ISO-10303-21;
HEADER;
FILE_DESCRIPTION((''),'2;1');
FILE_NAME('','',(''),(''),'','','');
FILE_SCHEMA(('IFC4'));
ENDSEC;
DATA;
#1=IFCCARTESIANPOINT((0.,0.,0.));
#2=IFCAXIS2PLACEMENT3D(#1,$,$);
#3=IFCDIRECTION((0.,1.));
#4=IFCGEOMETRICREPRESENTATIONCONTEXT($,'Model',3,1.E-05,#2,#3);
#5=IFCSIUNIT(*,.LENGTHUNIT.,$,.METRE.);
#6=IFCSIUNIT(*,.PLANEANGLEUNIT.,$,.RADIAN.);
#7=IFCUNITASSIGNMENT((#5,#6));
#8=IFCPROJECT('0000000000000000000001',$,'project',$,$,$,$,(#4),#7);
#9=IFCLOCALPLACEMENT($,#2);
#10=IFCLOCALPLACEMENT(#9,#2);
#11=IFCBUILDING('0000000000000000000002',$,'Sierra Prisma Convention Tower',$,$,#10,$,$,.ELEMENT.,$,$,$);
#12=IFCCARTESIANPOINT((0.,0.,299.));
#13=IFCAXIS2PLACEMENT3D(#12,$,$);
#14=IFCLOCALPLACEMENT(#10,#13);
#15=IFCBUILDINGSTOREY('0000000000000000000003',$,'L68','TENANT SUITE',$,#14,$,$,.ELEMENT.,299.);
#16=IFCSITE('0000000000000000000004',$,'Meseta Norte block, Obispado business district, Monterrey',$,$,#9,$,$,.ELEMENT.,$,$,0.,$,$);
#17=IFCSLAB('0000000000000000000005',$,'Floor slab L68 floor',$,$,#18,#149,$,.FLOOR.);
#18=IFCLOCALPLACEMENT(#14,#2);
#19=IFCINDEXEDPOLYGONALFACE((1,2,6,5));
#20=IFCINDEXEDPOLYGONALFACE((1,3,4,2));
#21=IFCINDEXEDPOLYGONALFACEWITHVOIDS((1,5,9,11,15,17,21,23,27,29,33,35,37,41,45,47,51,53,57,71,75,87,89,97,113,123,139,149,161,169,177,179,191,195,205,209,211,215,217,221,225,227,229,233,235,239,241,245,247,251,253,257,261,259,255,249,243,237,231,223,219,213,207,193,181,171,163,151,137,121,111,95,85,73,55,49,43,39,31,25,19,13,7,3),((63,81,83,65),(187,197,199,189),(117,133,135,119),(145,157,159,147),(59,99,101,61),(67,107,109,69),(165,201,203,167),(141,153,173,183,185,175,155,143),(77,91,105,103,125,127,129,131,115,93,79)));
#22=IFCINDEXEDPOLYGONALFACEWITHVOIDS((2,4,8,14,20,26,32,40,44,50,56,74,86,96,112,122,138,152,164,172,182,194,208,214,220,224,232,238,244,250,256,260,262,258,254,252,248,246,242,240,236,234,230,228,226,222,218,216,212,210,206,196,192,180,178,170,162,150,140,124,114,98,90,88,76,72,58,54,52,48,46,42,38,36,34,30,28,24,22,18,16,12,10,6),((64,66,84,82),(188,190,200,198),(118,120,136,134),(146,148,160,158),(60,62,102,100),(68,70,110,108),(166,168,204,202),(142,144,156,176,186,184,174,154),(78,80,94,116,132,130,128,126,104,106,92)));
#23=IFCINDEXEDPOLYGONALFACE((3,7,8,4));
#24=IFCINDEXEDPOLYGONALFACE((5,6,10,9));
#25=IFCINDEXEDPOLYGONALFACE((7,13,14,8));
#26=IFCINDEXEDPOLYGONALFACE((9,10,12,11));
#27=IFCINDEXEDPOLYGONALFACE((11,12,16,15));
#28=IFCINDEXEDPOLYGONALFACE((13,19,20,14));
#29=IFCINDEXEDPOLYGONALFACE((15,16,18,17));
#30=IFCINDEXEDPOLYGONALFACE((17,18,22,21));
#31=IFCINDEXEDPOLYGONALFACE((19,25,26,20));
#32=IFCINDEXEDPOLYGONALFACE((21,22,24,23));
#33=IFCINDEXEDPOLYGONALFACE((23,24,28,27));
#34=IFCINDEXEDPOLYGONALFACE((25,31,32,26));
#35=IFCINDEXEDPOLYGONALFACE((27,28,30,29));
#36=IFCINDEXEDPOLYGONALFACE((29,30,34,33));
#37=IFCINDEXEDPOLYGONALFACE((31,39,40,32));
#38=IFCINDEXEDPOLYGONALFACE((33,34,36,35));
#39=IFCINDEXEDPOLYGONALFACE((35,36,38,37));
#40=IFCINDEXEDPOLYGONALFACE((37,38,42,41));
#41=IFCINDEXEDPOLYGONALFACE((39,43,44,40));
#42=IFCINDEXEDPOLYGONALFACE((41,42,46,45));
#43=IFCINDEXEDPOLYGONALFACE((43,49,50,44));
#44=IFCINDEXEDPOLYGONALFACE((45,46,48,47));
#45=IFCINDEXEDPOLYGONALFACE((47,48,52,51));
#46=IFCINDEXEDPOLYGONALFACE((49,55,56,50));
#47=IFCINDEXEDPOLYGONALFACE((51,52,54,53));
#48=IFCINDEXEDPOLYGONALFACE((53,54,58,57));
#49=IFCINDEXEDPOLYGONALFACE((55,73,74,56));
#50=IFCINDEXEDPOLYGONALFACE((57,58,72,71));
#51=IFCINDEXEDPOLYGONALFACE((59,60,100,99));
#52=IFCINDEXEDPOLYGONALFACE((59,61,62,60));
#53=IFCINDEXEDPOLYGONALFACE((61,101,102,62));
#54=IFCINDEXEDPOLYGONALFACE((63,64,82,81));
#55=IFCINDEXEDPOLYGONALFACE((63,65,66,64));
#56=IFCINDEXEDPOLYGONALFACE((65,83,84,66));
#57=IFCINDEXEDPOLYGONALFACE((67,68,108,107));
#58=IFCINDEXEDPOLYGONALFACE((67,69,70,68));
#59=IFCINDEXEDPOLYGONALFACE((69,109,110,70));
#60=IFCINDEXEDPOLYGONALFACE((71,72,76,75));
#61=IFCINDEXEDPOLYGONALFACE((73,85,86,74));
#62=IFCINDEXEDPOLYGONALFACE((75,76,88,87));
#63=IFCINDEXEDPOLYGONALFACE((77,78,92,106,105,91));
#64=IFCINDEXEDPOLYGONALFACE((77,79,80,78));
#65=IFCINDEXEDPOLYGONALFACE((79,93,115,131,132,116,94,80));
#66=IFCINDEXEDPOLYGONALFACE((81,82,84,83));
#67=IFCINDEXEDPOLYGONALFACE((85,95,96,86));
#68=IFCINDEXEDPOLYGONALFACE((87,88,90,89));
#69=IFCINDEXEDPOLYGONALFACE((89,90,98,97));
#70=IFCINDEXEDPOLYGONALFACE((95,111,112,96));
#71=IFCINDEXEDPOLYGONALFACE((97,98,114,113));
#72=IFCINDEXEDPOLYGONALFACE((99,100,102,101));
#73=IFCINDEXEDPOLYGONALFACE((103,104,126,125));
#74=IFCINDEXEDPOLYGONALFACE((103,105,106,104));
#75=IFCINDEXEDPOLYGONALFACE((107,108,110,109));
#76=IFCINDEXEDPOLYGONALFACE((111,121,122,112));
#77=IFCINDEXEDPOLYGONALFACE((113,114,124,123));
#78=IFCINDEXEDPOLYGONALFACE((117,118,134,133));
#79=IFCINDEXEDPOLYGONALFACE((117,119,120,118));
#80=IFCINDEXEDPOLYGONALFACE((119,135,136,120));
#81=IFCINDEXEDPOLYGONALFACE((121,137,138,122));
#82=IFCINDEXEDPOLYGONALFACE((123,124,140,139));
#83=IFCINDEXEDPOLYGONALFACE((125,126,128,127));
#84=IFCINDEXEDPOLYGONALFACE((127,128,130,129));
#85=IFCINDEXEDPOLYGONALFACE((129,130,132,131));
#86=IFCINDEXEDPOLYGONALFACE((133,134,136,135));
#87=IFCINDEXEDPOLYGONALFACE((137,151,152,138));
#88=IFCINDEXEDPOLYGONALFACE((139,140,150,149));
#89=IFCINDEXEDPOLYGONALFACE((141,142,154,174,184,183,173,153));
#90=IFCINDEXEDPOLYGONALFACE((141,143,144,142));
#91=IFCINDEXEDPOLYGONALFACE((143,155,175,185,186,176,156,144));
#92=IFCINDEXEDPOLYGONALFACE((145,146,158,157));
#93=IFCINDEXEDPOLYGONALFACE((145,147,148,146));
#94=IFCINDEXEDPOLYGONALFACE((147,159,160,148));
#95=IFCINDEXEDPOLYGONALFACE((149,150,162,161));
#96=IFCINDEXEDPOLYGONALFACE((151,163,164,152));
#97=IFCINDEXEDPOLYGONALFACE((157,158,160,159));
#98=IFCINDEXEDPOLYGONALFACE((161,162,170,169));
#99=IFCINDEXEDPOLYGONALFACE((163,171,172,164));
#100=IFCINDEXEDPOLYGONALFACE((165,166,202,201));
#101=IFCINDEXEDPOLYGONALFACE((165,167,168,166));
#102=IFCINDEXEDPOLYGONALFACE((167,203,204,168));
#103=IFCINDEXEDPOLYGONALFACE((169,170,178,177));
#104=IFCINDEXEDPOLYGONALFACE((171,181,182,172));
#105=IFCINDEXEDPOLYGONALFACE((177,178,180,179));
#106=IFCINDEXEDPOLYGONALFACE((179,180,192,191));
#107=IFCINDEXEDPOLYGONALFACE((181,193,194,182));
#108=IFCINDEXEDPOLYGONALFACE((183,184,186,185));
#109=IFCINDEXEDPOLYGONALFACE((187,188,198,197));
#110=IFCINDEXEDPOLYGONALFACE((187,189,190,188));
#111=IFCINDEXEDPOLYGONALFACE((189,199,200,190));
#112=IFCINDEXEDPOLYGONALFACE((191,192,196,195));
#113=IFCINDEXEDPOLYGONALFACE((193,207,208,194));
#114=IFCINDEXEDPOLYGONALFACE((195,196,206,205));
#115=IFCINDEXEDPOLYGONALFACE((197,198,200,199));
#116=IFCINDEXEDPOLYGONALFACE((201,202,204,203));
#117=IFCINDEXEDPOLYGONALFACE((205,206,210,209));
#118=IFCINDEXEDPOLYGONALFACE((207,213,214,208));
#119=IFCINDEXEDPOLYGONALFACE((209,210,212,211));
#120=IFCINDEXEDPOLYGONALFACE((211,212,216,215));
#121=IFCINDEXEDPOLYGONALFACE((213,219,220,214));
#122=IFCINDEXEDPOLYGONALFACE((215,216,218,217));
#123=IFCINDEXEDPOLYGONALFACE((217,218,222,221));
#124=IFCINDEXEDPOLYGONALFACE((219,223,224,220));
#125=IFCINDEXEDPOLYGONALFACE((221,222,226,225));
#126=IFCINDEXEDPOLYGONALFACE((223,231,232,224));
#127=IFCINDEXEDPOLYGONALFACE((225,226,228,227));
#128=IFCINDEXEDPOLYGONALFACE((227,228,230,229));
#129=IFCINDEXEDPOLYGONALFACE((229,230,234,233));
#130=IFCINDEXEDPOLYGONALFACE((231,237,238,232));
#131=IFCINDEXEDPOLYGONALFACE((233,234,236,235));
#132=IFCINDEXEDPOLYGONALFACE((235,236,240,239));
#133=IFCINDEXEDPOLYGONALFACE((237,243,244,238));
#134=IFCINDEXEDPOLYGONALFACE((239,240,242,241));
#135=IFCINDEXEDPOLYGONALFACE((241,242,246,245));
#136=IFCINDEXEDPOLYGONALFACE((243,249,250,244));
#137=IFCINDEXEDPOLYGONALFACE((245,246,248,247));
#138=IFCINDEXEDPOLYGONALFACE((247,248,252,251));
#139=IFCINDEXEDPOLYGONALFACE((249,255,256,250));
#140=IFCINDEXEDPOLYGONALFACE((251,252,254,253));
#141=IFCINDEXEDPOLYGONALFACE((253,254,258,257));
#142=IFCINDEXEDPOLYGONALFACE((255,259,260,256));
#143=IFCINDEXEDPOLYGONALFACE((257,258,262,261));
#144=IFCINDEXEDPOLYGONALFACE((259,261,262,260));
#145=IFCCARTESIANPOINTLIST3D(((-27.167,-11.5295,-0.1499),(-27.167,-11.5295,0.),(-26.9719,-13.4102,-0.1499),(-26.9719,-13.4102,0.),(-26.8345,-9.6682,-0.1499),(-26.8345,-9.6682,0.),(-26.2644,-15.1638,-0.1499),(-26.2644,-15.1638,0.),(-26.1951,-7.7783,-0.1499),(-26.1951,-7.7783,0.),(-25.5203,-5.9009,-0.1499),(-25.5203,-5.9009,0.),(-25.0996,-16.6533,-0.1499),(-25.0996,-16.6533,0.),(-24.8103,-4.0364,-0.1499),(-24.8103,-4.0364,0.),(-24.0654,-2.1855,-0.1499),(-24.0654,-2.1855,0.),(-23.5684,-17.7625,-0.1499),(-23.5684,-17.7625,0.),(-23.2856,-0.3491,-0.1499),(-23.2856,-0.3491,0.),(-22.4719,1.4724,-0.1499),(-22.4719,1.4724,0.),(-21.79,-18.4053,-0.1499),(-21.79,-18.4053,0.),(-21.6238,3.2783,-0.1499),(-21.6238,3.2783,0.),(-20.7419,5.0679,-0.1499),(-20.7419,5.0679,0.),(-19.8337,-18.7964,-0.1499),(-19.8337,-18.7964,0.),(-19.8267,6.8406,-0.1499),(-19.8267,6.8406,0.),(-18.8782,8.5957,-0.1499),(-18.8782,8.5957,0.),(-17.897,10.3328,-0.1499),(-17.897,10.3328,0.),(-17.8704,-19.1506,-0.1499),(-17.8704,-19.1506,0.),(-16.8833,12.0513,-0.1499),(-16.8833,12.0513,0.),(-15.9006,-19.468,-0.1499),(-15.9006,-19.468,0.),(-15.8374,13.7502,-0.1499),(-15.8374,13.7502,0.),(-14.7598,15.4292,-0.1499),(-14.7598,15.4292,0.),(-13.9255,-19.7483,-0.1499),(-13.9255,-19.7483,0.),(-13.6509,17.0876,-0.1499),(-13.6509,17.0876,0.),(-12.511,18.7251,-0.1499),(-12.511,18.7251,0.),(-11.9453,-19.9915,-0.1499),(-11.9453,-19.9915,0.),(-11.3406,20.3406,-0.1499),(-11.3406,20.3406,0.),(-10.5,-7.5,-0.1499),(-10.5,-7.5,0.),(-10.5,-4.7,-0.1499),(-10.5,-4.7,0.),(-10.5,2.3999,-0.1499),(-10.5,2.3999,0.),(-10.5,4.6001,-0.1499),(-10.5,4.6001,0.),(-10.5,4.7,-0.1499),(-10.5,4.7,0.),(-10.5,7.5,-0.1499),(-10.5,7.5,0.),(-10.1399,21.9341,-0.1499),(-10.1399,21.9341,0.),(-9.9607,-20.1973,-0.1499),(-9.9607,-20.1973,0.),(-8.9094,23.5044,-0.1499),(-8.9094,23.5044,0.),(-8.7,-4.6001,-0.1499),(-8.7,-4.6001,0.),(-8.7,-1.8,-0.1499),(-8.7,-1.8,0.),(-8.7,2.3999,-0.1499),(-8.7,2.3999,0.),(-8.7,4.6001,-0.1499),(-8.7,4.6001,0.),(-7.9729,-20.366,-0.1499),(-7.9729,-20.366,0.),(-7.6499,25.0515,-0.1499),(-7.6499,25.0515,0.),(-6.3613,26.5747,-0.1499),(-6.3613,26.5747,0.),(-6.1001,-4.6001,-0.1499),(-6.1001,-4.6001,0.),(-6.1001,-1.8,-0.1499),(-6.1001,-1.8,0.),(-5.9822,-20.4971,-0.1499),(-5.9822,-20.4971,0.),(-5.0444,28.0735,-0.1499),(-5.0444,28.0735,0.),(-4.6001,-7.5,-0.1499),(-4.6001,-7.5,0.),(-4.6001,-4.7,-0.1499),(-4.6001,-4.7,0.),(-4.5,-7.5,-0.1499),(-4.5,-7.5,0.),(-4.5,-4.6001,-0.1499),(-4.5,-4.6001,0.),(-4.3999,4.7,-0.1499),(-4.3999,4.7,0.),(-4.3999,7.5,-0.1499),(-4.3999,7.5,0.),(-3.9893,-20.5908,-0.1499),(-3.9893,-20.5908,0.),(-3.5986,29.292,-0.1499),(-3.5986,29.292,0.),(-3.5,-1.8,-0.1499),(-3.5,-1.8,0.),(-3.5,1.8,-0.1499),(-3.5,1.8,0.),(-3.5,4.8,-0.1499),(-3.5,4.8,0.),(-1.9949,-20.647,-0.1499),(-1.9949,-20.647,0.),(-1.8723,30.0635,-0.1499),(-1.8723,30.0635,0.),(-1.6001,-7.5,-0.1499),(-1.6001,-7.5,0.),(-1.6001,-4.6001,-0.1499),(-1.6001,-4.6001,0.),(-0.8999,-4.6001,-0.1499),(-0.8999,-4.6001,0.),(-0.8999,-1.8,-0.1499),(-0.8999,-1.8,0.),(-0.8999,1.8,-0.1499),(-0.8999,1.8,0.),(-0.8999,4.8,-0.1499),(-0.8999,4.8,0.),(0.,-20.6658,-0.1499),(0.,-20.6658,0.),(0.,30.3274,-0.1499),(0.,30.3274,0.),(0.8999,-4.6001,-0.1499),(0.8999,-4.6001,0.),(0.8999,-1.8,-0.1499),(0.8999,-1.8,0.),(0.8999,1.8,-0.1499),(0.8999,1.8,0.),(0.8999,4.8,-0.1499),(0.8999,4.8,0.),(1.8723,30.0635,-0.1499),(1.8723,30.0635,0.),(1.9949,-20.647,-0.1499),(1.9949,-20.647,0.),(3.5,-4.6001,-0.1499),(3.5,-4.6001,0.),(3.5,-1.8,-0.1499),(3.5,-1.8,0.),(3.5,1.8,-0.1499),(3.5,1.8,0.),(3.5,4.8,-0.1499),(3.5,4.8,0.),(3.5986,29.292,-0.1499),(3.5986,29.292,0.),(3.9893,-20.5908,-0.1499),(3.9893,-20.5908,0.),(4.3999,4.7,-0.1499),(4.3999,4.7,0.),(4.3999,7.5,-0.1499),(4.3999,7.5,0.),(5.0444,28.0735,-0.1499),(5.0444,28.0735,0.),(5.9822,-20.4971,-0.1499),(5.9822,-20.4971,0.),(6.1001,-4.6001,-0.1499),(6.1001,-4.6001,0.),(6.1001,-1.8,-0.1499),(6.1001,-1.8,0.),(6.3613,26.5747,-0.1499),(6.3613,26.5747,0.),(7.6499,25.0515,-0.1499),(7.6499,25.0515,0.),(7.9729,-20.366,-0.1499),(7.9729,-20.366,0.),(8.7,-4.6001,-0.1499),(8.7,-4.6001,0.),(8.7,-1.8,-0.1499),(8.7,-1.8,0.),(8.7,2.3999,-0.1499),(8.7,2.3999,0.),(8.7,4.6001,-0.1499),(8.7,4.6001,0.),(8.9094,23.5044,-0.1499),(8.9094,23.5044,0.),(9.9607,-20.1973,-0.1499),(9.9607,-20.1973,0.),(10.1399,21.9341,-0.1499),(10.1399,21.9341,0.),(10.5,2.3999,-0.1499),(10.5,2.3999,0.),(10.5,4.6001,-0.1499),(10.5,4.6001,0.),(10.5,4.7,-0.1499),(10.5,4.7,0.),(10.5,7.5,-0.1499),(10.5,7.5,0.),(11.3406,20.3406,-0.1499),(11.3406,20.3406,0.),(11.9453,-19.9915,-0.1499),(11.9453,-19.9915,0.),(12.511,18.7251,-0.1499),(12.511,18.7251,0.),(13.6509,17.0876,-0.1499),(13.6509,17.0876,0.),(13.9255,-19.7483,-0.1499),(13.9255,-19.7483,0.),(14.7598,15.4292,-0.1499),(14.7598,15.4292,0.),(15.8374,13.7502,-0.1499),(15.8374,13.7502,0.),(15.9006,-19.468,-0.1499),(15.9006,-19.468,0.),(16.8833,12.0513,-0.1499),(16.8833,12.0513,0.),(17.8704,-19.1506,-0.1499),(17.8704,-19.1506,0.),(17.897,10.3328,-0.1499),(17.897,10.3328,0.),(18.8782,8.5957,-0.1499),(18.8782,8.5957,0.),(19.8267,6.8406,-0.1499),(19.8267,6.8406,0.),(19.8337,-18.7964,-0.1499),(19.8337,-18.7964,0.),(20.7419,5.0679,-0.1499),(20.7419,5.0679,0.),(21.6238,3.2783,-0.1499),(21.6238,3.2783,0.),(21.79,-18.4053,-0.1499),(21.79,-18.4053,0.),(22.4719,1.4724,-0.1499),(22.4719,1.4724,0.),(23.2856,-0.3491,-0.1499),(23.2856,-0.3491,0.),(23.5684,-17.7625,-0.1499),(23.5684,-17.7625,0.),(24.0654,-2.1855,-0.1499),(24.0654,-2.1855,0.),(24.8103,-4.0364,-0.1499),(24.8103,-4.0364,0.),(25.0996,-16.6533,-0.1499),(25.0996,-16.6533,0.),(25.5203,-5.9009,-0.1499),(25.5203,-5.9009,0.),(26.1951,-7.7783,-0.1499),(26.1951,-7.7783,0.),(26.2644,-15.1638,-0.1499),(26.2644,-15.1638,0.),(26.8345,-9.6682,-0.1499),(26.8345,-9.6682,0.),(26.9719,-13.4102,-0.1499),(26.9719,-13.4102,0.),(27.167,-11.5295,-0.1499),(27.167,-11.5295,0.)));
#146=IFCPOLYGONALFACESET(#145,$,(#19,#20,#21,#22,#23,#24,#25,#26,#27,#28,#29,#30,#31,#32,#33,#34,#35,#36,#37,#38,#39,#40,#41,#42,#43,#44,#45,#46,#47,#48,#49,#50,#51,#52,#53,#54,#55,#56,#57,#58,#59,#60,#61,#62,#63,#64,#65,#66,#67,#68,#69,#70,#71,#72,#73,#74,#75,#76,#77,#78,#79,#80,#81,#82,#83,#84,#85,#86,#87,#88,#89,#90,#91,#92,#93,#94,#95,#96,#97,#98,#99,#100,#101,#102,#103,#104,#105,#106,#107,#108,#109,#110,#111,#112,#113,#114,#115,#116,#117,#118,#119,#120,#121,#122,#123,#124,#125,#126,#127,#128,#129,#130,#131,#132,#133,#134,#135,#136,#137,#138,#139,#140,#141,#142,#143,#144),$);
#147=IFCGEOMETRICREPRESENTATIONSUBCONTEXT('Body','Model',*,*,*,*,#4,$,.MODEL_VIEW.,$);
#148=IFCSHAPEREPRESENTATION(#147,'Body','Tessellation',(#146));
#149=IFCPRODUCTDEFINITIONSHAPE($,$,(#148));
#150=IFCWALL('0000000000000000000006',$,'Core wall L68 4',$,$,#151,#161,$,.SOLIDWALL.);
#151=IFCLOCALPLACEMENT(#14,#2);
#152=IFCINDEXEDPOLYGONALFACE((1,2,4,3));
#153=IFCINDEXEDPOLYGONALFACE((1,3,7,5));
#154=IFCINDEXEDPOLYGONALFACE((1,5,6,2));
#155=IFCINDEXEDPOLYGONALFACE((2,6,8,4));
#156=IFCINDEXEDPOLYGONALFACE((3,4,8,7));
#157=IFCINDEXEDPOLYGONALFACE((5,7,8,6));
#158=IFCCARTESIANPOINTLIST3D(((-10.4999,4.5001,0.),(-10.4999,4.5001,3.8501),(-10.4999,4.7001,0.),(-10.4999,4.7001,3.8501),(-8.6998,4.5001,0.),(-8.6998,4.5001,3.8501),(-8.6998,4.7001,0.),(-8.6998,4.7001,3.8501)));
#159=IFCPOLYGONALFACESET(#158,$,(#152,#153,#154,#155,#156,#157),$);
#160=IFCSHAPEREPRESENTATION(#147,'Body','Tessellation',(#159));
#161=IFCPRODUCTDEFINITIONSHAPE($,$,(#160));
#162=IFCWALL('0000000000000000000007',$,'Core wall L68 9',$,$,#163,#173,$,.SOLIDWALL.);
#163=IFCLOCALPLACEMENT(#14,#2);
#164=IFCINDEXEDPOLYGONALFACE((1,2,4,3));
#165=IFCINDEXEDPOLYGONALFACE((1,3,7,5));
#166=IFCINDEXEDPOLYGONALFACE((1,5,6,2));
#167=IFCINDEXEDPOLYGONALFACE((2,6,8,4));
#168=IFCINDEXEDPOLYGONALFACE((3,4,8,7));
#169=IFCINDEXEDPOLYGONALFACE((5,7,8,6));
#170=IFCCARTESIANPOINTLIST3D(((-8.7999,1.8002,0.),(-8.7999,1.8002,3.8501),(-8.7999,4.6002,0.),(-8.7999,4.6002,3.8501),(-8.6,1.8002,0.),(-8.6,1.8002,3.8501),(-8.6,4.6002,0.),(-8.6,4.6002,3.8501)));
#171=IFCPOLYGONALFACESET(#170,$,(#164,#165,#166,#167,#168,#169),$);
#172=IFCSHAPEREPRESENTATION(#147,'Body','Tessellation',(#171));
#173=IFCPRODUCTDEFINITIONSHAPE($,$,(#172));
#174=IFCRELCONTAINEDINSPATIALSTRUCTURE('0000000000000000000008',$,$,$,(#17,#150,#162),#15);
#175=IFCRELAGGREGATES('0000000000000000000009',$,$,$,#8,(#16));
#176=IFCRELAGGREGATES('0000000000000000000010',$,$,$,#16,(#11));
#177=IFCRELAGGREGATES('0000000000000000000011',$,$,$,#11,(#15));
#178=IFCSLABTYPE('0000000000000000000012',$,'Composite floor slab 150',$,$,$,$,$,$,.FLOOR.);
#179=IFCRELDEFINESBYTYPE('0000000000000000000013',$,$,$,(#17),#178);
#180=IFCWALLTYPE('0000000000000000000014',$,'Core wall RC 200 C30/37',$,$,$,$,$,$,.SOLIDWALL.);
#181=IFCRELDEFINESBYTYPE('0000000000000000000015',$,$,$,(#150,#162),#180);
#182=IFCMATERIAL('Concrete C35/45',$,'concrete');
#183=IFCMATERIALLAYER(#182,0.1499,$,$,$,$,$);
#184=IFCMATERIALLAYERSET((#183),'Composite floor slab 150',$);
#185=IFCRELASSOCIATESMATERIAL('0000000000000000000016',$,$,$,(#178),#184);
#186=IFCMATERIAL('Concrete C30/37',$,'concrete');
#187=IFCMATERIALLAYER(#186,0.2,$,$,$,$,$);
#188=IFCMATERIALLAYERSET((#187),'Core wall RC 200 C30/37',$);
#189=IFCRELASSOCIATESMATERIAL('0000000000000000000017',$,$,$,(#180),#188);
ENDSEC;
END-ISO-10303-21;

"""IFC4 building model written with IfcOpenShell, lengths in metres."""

from ifc_helpers import new_model, si_unit, direction, frame, frame_2d, origin, place, context, subcontext, project, spatial, polyline, rectangle, outline, extrude, material, layer, layer_set, type_object, element, save


model = new_model("IFC4")

# Units and contexts
model_context = context("Model", 3, precision=1e-05, world=origin(), true_north=direction((0.0, 1.0)))
body_context = subcontext(model_context, "Body", "Model", "MODEL_VIEW")
ifc_project = project(units=[si_unit("LENGTHUNIT", "METRE"), si_unit("PLANEANGLEUNIT", "RADIAN")], contexts=[model_context])

# Site, building, storey
site_placement = place(None, origin())
site = spatial("IfcSite", under=ifc_project, at=site_placement, Name="Meseta Norte block, Obispado business district, Monterrey", CompositionType="ELEMENT", RefElevation=0.0)
building_placement = place(site_placement, origin())
building = spatial("IfcBuilding", under=site, at=building_placement, Name="Sierra Prisma Convention Tower", CompositionType="ELEMENT")
storey_placement = place(building_placement, frame((0.0, 0.0, 299.0)))
storey = spatial("IfcBuildingStorey", under=building, at=storey_placement, Name="L68", Description="TENANT SUITE", CompositionType="ELEMENT", Elevation=299.0)

# Slab
ifc_material_1 = material(Name="Concrete C35/45", Category="concrete")
ifc_layer_1 = layer(ifc_material_1, 0.1499)
ifc_layer_set_1 = layer_set([ifc_layer_1], Name="Composite floor slab 150")
slab_type = type_object("IfcSlabType", Name="Composite floor slab 150", PredefinedType="FLOOR", material=ifc_layer_set_1)
slab_placement = place(storey_placement, frame((0.0, 0.0, -0.1499)))
element("IfcSlab", 1, at=slab_placement, inside=storey, type_object=slab_type, Name="Floor slab L68 floor", PredefinedType="FLOOR", context=body_context, shape_type="SweptSolid", body=[
    extrude(outline(polyline([(-21.79, -18.4053), (-19.8337, -18.7964), (-17.8704, -19.1506), (-15.9006, -19.468), (-13.9255, -19.7483), (-11.9453, -19.9915), (-9.9607, -20.1973), (-7.9729, -20.366), (-5.9822, -20.4971), (-3.9893, -20.5908), (-1.9949, -20.647), (0.0, -20.6658), (1.9949, -20.647), (3.9893, -20.5908), (5.9822, -20.4971), (7.9729, -20.366), (9.9607, -20.1973), (11.9453, -19.9915), (13.9255, -19.7483), (15.9006, -19.468), (17.8704, -19.1506), (19.8337, -18.7964), (21.79, -18.4053), (23.5684, -17.7625), (25.0996, -16.6533), (26.2644, -15.1638), (26.9719, -13.4102), (27.167, -11.5295), (26.8345, -9.6682), (26.1951, -7.7783), (25.5203, -5.9009), (24.8103, -4.0364), (24.0654, -2.1855), (23.2856, -0.3491), (22.4719, 1.4724), (21.6238, 3.2783), (20.7419, 5.0679), (19.8267, 6.8406), (18.8782, 8.5957), (17.897, 10.3328), (16.8833, 12.0513), (15.8374, 13.7502), (14.7598, 15.4292), (13.6509, 17.0876), (12.511, 18.7251), (11.3406, 20.3406), (10.1399, 21.9341), (8.9094, 23.5044), (7.6499, 25.0515), (6.3613, 26.5747), (5.0444, 28.0735), (3.5986, 29.292), (1.8723, 30.0635), (0.0, 30.3274), (-1.8723, 30.0635), (-3.5986, 29.292), (-5.0444, 28.0735), (-6.3613, 26.5747), (-7.6499, 25.0515), (-8.9094, 23.5044), (-10.1399, 21.9341), (-11.3406, 20.3406), (-12.511, 18.7251), (-13.6509, 17.0876), (-14.7598, 15.4292), (-15.8374, 13.7502), (-16.8833, 12.0513), (-17.897, 10.3328), (-18.8782, 8.5957), (-19.8267, 6.8406), (-20.7419, 5.0679), (-21.6238, 3.2783), (-22.4719, 1.4724), (-23.2856, -0.3491), (-24.0654, -2.1855), (-24.8103, -4.0364), (-25.5203, -5.9009), (-26.1951, -7.7783), (-26.8345, -9.6682), (-27.167, -11.5295), (-26.9719, -13.4102), (-26.2644, -15.1638), (-25.0996, -16.6533), (-23.5684, -17.7625), (-21.79, -18.4053)]), holes=[polyline([(-4.6001, -4.7), (-4.6001, -7.5), (-10.5, -7.5), (-10.5, -4.7), (-4.6001, -4.7)]), polyline([(-4.5, -7.5), (-4.5, -4.6001), (-6.1001, -4.6001), (-8.7, -4.6001), (-8.7, -1.8), (-6.1001, -1.8), (-3.5, -1.8), (-0.8999, -1.8), (-0.8999, -4.6001), (-1.6001, -4.6001), (-1.6001, -7.5), (-4.5, -7.5)]), polyline([(-8.7, 2.3999), (-10.5, 2.3999), (-10.5, 4.6001), (-8.7, 4.6001), (-8.7, 2.3999)]), polyline([(-4.3999, 4.7), (-10.5, 4.7), (-10.5, 7.5), (-4.3999, 7.5), (-4.3999, 4.7)]), polyline([(3.5, -1.8), (6.1001, -1.8), (8.7, -1.8), (8.7, -4.6001), (6.1001, -4.6001), (3.5, -4.6001), (0.8999, -4.6001), (0.8999, -1.8), (3.5, -1.8)]), polyline([(-0.8999, 1.8), (-3.5, 1.8), (-3.5, 4.8), (-0.8999, 4.8), (-0.8999, 1.8)]), polyline([(3.5, 1.8), (0.8999, 1.8), (0.8999, 4.8), (3.5, 4.8), (3.5, 1.8)]), polyline([(10.5, 2.3999), (8.7, 2.3999), (8.7, 4.6001), (10.5, 4.6001), (10.5, 2.3999)]), polyline([(10.5, 4.7), (4.3999, 4.7), (4.3999, 7.5), (10.5, 7.5), (10.5, 4.7)])]), origin(), (0.0, 0.0, 1.0), 0.1499),
])

# Shared definitions
ifc_material_2 = material(Name="Concrete C30/37", Category="concrete")
ifc_layer_2 = layer(ifc_material_2, 0.2)
ifc_layer_set_2 = layer_set([ifc_layer_2], Name="Core wall RC 200 C30/37")
wall_type = type_object("IfcWallType", Name="Core wall RC 200 C30/37", PredefinedType="SOLIDWALL", material=ifc_layer_set_2)

# Wall
wall_1_placement = place(storey_placement, frame((-8.7, 4.6001, 0.0), z_axis=(0.0, 0.0, 1.0), x_axis=(-1.0, 0.0, 0.0)))
element("IfcWall", 2, at=wall_1_placement, inside=storey, type_object=wall_type, Name="Core wall L68 4", PredefinedType="SOLIDWALL", context=body_context, shape_type="SweptSolid", body=[
    extrude(rectangle(XDim=1.8, YDim=0.2, at=frame_2d((0.8999, 0.0))), origin(), (0.0, 0.0, 1.0), 3.8501),
])

# Wall
wall_2_placement = place(storey_placement, frame((-8.7, 4.6001, 0.0), z_axis=(0.0, 0.0, 1.0), x_axis=(0.0, -1.0, 0.0)))
element("IfcWall", 3, at=wall_2_placement, inside=storey, type_object=wall_type, Name="Core wall L68 9", PredefinedType="SOLIDWALL", context=body_context, shape_type="SweptSolid", body=[
    extrude(rectangle(XDim=2.8, YDim=0.2, at=frame_2d((1.3999, 0.0))), origin(), (0.0, 0.0, 1.0), 3.8501),
])

save(model, "model.ifc")
